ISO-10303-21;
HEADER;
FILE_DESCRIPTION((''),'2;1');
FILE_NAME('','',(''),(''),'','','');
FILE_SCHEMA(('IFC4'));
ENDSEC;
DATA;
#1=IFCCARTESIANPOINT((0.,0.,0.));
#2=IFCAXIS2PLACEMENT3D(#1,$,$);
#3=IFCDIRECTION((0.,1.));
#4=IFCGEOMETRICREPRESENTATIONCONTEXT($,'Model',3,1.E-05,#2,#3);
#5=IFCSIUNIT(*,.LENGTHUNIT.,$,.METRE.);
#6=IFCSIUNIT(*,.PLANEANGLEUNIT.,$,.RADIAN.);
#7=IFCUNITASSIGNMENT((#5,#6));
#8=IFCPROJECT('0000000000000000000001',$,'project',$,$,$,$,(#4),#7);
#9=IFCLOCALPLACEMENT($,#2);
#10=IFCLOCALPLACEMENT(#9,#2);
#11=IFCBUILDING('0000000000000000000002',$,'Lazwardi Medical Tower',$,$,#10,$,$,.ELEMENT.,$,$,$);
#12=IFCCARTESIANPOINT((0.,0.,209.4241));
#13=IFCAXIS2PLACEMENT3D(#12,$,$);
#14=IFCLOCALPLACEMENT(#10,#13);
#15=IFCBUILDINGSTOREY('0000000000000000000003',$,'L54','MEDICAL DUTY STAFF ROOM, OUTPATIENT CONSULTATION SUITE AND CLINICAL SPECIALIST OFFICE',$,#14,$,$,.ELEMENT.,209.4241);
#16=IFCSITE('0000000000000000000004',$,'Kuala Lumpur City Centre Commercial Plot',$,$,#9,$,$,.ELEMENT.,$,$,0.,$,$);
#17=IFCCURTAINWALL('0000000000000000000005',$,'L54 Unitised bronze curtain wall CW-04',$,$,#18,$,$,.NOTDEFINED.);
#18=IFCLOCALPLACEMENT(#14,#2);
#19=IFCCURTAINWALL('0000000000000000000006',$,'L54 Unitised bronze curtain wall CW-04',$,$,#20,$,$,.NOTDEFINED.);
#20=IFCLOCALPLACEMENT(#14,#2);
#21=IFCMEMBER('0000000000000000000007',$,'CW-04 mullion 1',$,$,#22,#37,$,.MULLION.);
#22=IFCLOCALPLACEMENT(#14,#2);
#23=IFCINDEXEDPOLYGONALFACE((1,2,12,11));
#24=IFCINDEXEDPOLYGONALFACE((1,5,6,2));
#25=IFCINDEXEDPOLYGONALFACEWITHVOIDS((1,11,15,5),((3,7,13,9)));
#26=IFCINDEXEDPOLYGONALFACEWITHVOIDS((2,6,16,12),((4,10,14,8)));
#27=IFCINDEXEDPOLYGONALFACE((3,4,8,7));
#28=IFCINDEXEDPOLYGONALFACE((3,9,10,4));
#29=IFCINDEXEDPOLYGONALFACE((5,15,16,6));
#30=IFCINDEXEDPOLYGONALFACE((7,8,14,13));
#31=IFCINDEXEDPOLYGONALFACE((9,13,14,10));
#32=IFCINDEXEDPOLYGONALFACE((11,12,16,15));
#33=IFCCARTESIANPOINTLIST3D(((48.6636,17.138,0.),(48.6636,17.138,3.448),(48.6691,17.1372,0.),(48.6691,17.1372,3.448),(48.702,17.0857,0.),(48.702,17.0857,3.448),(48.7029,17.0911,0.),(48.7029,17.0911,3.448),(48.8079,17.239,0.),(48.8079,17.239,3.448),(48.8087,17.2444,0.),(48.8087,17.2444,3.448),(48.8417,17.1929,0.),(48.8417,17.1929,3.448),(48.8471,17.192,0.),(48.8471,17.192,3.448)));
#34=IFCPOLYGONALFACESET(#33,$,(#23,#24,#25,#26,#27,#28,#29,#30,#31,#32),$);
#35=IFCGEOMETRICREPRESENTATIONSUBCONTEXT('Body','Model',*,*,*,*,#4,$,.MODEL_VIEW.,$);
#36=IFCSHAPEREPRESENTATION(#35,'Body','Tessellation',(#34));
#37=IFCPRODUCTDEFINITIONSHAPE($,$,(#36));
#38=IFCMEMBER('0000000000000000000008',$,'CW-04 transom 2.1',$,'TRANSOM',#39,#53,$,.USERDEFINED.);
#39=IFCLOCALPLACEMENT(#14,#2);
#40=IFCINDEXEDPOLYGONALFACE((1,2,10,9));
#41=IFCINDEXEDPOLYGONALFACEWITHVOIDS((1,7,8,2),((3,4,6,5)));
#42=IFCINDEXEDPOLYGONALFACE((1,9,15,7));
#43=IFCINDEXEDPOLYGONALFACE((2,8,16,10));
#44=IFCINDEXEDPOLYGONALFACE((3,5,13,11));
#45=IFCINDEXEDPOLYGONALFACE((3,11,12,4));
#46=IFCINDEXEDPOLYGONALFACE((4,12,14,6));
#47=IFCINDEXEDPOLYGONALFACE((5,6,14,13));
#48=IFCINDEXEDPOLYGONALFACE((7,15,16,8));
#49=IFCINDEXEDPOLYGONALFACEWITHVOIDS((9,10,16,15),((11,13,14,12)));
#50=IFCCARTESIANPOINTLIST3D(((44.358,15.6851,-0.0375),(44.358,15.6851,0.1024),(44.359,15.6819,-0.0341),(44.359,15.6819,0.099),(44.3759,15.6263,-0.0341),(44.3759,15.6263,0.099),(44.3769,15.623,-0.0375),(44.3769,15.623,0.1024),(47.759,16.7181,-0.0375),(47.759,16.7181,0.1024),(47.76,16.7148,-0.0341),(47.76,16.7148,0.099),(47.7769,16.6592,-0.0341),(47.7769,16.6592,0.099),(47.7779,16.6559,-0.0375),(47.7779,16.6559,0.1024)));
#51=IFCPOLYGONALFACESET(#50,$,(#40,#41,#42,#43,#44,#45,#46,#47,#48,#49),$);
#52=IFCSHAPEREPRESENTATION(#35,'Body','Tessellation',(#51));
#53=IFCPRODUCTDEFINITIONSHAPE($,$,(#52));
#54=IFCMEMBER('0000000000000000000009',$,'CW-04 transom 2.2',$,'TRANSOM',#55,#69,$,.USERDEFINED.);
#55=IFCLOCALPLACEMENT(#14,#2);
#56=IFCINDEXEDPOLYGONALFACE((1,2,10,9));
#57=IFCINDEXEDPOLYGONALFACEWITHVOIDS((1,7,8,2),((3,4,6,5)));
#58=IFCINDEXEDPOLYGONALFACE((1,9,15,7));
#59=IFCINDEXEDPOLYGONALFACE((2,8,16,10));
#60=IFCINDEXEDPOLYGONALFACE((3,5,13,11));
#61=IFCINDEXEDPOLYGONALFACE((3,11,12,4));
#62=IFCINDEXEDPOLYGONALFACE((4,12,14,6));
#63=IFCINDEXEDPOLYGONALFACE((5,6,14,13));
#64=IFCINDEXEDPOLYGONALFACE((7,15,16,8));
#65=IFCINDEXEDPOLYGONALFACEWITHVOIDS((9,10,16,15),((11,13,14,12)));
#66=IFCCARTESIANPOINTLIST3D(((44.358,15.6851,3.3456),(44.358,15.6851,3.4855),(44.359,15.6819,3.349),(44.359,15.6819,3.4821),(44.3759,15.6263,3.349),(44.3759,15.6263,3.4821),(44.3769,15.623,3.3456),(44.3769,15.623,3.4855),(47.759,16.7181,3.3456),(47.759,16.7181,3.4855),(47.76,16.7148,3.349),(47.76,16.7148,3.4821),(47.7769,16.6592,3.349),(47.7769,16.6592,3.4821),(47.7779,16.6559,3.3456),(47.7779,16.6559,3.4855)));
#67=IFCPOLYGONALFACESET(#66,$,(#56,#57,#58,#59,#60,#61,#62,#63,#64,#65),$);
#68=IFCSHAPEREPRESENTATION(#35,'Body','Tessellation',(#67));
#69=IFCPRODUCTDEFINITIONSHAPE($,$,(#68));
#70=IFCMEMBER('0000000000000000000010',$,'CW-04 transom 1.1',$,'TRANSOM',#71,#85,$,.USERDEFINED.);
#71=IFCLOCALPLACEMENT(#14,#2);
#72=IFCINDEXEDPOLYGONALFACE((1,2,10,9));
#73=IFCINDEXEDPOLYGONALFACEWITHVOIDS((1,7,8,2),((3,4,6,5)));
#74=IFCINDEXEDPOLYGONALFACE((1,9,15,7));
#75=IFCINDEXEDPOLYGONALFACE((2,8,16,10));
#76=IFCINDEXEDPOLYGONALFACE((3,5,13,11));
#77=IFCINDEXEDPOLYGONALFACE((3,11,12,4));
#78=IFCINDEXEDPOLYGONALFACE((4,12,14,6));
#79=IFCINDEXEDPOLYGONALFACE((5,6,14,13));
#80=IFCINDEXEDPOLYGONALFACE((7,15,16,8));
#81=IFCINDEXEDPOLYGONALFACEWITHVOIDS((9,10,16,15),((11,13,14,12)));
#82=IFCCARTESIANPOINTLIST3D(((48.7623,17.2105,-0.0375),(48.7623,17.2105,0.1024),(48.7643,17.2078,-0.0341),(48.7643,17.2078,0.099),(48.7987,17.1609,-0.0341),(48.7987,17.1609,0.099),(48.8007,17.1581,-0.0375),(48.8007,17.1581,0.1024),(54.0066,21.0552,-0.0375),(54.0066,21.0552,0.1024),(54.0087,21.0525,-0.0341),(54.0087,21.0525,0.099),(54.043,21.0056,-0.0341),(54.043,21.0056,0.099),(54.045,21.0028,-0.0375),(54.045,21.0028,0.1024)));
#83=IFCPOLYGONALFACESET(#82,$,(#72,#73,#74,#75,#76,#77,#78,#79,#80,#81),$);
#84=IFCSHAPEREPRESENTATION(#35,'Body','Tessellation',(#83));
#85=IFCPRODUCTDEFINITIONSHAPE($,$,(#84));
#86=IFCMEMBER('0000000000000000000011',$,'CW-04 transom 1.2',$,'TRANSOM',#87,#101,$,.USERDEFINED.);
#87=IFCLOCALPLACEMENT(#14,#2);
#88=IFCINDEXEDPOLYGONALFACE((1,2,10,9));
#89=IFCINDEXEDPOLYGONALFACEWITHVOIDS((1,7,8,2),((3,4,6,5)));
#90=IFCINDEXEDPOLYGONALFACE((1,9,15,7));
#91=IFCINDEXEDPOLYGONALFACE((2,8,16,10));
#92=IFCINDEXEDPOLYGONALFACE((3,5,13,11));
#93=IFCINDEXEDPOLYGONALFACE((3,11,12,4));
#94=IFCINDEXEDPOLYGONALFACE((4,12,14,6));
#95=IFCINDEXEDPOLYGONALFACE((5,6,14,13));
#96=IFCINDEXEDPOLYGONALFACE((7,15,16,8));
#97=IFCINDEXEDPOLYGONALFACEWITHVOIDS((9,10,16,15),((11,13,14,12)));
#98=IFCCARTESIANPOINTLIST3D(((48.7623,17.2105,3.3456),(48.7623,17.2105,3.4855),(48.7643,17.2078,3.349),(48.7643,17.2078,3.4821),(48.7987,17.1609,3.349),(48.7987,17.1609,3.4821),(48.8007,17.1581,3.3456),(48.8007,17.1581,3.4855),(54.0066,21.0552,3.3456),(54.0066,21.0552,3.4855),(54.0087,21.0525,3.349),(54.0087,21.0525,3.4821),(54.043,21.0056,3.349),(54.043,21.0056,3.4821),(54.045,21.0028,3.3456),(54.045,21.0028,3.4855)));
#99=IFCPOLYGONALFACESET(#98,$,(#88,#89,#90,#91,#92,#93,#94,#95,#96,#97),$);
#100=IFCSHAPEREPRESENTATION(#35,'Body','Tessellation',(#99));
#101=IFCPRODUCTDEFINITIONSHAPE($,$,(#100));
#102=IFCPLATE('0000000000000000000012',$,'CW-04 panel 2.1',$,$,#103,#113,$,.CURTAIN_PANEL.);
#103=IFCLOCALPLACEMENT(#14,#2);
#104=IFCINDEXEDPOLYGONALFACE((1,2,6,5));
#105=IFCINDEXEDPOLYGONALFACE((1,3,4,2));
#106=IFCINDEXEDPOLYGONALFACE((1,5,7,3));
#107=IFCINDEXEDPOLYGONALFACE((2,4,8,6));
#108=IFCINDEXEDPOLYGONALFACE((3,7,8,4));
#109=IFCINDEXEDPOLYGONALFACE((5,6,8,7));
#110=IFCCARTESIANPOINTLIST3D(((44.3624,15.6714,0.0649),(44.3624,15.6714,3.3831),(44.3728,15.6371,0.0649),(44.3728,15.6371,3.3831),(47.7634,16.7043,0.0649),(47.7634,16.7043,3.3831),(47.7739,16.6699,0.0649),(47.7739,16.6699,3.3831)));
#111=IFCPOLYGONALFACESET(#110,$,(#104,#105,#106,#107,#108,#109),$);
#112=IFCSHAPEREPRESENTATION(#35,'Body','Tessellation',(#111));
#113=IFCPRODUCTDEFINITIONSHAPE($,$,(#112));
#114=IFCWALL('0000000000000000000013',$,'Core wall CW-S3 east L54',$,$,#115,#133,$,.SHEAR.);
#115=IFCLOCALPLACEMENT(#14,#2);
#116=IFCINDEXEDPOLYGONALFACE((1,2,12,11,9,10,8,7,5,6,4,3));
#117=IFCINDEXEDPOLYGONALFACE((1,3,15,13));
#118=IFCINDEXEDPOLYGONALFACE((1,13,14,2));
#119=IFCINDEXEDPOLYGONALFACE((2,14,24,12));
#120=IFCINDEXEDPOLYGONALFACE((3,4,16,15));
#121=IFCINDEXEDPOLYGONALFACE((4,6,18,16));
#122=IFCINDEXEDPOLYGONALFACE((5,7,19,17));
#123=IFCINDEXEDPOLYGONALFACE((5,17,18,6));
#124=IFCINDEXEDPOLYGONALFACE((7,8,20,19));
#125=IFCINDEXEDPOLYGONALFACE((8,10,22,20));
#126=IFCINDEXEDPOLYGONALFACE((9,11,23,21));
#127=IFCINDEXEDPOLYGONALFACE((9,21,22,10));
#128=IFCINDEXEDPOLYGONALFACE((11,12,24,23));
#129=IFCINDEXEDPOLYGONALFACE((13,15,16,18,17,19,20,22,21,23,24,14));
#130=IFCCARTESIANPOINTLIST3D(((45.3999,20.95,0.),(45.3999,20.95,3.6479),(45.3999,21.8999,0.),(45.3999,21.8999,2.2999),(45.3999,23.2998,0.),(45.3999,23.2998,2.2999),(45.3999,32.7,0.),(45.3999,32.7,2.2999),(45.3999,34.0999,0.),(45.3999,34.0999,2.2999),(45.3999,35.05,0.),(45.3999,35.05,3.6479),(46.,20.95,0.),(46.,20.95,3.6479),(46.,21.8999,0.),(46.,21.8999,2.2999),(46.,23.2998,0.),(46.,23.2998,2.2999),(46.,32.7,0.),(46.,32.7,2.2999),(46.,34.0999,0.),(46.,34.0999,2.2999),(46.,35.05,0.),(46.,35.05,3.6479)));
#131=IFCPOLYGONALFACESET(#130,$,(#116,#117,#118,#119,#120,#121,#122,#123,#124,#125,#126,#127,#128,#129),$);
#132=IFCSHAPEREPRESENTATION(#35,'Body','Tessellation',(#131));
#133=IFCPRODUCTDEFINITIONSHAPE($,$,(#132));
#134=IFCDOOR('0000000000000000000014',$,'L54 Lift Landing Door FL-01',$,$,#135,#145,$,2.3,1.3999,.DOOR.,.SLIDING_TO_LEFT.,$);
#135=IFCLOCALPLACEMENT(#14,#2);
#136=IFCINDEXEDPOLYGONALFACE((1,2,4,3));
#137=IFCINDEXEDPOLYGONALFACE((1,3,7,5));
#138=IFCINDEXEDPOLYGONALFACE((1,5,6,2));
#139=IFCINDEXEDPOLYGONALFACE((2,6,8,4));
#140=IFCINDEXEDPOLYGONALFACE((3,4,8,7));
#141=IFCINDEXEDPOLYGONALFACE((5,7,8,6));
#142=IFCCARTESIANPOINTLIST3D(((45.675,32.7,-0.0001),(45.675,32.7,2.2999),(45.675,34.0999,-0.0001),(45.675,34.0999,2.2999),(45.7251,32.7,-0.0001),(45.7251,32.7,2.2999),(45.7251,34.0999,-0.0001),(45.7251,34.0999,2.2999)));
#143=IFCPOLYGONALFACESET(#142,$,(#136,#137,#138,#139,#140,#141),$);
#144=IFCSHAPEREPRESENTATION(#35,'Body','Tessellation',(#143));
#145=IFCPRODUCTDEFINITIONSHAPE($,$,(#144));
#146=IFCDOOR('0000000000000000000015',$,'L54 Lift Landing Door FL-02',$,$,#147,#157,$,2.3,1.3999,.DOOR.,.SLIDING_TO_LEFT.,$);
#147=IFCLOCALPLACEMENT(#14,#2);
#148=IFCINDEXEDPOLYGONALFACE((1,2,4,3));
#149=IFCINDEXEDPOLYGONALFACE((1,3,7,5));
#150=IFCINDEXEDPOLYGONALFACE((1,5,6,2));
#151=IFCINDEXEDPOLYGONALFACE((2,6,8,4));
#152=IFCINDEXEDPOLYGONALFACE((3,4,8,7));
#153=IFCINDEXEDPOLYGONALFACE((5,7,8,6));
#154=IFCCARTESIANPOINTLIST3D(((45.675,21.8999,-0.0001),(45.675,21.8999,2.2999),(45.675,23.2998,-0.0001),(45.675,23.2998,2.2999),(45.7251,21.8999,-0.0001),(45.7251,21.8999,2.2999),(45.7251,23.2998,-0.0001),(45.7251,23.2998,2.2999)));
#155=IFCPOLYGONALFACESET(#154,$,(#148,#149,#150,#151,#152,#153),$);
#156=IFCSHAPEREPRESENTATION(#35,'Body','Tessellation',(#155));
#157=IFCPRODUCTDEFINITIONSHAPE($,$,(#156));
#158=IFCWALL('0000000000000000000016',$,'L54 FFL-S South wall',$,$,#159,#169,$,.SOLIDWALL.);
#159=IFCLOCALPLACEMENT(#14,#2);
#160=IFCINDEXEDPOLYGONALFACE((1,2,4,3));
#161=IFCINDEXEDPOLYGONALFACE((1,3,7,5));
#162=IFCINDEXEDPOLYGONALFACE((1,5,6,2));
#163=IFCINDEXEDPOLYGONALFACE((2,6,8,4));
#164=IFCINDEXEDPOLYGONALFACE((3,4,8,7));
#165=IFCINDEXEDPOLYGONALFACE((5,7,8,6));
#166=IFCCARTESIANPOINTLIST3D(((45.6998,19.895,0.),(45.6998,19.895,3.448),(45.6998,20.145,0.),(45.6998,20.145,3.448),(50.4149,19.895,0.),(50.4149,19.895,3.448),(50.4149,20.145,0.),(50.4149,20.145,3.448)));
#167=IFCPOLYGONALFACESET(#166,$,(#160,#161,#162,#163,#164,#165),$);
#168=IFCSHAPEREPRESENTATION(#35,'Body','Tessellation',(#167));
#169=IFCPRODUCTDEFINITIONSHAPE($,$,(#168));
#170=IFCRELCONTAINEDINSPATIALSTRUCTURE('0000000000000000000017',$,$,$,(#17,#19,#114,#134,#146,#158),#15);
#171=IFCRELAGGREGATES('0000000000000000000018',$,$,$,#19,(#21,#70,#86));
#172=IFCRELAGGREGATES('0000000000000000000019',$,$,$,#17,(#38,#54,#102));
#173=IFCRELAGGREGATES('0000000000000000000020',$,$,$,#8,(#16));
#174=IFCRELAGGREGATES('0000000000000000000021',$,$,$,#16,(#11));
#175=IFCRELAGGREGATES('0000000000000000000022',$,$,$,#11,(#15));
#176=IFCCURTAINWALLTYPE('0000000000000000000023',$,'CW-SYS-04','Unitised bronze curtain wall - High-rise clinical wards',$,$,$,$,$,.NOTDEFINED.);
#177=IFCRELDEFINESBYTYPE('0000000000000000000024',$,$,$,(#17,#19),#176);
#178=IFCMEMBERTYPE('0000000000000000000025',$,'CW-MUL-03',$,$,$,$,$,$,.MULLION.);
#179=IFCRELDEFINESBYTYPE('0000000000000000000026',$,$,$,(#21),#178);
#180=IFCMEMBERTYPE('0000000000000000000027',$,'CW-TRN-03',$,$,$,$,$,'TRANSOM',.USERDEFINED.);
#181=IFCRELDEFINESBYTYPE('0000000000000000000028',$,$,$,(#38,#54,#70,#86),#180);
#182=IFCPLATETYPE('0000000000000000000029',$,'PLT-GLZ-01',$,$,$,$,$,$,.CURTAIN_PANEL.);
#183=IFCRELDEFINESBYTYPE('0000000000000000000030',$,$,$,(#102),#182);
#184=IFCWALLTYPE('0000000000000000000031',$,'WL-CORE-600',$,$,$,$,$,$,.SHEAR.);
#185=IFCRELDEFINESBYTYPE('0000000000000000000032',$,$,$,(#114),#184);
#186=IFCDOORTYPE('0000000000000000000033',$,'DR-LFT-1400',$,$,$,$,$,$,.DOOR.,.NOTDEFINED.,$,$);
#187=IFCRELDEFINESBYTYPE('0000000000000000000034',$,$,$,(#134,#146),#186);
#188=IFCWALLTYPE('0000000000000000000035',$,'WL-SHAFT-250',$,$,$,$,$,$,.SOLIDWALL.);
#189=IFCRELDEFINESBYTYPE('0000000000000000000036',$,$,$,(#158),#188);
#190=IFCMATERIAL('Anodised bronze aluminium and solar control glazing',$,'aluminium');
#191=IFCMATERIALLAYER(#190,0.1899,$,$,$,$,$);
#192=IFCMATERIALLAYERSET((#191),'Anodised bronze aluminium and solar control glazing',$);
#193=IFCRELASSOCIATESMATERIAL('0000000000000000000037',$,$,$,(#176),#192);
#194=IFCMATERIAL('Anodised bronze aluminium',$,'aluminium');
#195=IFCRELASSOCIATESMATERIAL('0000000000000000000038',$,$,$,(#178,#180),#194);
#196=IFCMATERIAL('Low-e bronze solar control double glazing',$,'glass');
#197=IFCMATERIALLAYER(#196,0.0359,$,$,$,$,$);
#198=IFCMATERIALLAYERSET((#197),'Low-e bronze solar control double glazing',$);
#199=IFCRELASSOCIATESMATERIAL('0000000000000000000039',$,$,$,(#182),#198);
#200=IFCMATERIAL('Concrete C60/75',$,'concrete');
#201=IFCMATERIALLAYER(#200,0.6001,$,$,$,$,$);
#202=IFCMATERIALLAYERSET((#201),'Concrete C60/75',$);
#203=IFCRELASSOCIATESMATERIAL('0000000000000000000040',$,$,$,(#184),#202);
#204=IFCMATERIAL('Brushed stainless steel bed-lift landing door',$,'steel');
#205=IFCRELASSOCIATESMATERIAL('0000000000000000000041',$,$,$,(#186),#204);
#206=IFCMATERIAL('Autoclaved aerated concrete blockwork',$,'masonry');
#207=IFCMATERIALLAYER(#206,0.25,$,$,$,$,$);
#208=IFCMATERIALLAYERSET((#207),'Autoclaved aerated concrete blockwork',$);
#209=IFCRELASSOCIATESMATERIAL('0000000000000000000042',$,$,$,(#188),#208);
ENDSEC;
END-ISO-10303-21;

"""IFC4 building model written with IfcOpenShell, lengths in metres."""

from ifc_helpers import new_model, si_unit, direction, frame, frame_2d, origin, origin_2d, place, context, subcontext, project, spatial, rectangle, hollow_rectangle, extrude, material, layer, layer_set, material_profile, profile_set, type_object, element, fill, aggregate, save


model = new_model("IFC4")

# Units and contexts
model_context = context("Model", 3, precision=1e-05, world=origin(), true_north=direction((0.0, 1.0)))
body_context = subcontext(model_context, "Body", "Model", "MODEL_VIEW")
ifc_project = project(units=[si_unit("LENGTHUNIT", "METRE"), si_unit("PLANEANGLEUNIT", "RADIAN")], contexts=[model_context])

# Site, building, storey
site_placement = place(None, origin())
site = spatial("IfcSite", under=ifc_project, at=site_placement, Name="Kuala Lumpur City Centre Commercial Plot", CompositionType="ELEMENT", RefElevation=0.0)
building_placement = place(site_placement, origin())
building = spatial("IfcBuilding", under=site, at=building_placement, Name="Lazwardi Medical Tower", CompositionType="ELEMENT")
storey_placement = place(building_placement, frame((0.0, 0.0, 209.4241)))
storey = spatial("IfcBuildingStorey", under=building, at=storey_placement, Name="L54", Description="MEDICAL DUTY STAFF ROOM, OUTPATIENT CONSULTATION SUITE AND CLINICAL SPECIALIST OFFICE", CompositionType="ELEMENT", Elevation=209.4241)

# Shared definitions
ifc_material_1 = material(Name="Concrete C60/75", Category="concrete")

# Curtain walls, member
ifc_material_2 = material(Name="Anodised bronze aluminium and solar control glazing", Category="aluminium")
ifc_layer_1 = layer(ifc_material_2, 0.1899)
ifc_layer_set_1 = layer_set([ifc_layer_1], Name="Anodised bronze aluminium and solar control glazing")
curtain_wall_type = type_object("IfcCurtainWallType", Name="CW-SYS-04", Description="Unitised bronze curtain wall - High-rise clinical wards", PredefinedType="NOTDEFINED", material=ifc_layer_set_1)
curtain_wall_1_placement = place(storey_placement, origin())
curtain_wall_1 = element("IfcCurtainWall", 1, at=curtain_wall_1_placement, inside=storey, type_object=curtain_wall_type, Name="L54 Unitised bronze curtain wall CW-04", PredefinedType="NOTDEFINED")
ifc_material_3 = material(Name="Anodised bronze aluminium", Category="aluminium")
ifc_material_profile_1 = material_profile(ifc_material_3, hollow_rectangle(XDim=0.0649, YDim=0.1799, WallThickness=0.0039, at=origin_2d()), Name="ALU-MULLION 180x65x4")
ifc_profile_set_1 = profile_set([ifc_material_profile_1], Name="Anodised bronze aluminium")
member_type_1 = type_object("IfcMemberType", Name="CW-MUL-03", PredefinedType="MULLION", material=ifc_profile_set_1)
curtain_wall_2_placement = place(storey_placement, origin())
curtain_wall_2 = element("IfcCurtainWall", 2, at=curtain_wall_2_placement, inside=storey, type_object=curtain_wall_type, Name="L54 Unitised bronze curtain wall CW-04", PredefinedType="NOTDEFINED")
member_1_placement = place(storey_placement, frame((48.7554, 17.165, 0.0), z_axis=(0.0, 0.0, 1.0), x_axis=(-0.591268, 0.806475, 0.0)))
member_1 = element("IfcMember", 3, at=member_1_placement, type_object=member_type_1, Name="CW-04 mullion 1", PredefinedType="MULLION", context=body_context, shape_type="SweptSolid", body=[
    extrude(hollow_rectangle(XDim=0.0649, YDim=0.1799, WallThickness=0.0039, at=origin_2d()), origin(), (0.0, 0.0, 1.0), 3.448),
])

# Members
ifc_material_profile_2 = material_profile(ifc_material_3, hollow_rectangle(XDim=0.0649, YDim=0.1399, WallThickness=0.0034, at=origin_2d()), Name="ALU-TRANSOM 140x65x3.5")
ifc_profile_set_2 = profile_set([ifc_material_profile_2], Name="Anodised bronze aluminium")
member_type_2 = type_object("IfcMemberType", Name="CW-TRN-03", ElementType="TRANSOM", PredefinedType="USERDEFINED", material=ifc_profile_set_2)
member_2_placement = place(storey_placement, frame((44.3674, 15.6541, 0.0325), z_axis=(0.956843, 0.290604, 0.0), x_axis=(-0.290604, 0.956843, 0.0)))
member_2 = element("IfcMember", 4, at=member_2_placement, type_object=member_type_2, Name="CW-04 transom 2.1", ObjectType="TRANSOM", PredefinedType="USERDEFINED", context=body_context, shape_type="SweptSolid", body=[
    extrude(hollow_rectangle(XDim=0.0649, YDim=0.1399, WallThickness=0.0034, at=origin_2d()), origin(), (0.0, 0.0, 1.0), 3.5544),
])
member_3_placement = place(storey_placement, frame((44.3674, 15.6541, 3.4155), z_axis=(0.956843, 0.290604, 0.0), x_axis=(-0.290604, 0.956843, 0.0)))
member_3 = element("IfcMember", 5, at=member_3_placement, type_object=member_type_2, Name="CW-04 transom 2.2", ObjectType="TRANSOM", PredefinedType="USERDEFINED", context=body_context, shape_type="SweptSolid", body=[
    extrude(hollow_rectangle(XDim=0.0649, YDim=0.1399, WallThickness=0.0034, at=origin_2d()), origin(), (0.0, 0.0, 1.0), 3.5544),
])
member_4_placement = place(storey_placement, frame((48.7815, 17.1843, 0.0325), z_axis=(0.80649, 0.591248, 0.0), x_axis=(-0.591248, 0.80649, 0.0)))
member_4 = element("IfcMember", 6, at=member_4_placement, type_object=member_type_2, Name="CW-04 transom 1.1", ObjectType="TRANSOM", PredefinedType="USERDEFINED", context=body_context, shape_type="SweptSolid", body=[
    extrude(hollow_rectangle(XDim=0.0649, YDim=0.1399, WallThickness=0.0034, at=origin_2d()), origin(), (0.0, 0.0, 1.0), 6.5027),
])
member_5_placement = place(storey_placement, frame((48.7815, 17.1843, 3.4155), z_axis=(0.80649, 0.591248, 0.0), x_axis=(-0.591248, 0.80649, 0.0)))
member_5 = element("IfcMember", 7, at=member_5_placement, type_object=member_type_2, Name="CW-04 transom 1.2", ObjectType="TRANSOM", PredefinedType="USERDEFINED", context=body_context, shape_type="SweptSolid", body=[
    extrude(hollow_rectangle(XDim=0.0649, YDim=0.1399, WallThickness=0.0034, at=origin_2d()), origin(), (0.0, 0.0, 1.0), 6.5027),
])
aggregate(curtain_wall_2, [member_1, member_4, member_5])

# Plate
ifc_material_4 = material(Name="Low-e bronze solar control double glazing", Category="glass")
ifc_layer_2 = layer(ifc_material_4, 0.0359)
ifc_layer_set_2 = layer_set([ifc_layer_2], Name="Low-e bronze solar control double glazing")
plate_type = type_object("IfcPlateType", Name="PLT-GLZ-01", PredefinedType="CURTAIN_PANEL", material=ifc_layer_set_2)
plate_placement = place(storey_placement, frame((46.0681, 16.1707, 0.0649), z_axis=(0.0, 0.0, 1.0), x_axis=(0.95685, 0.290582, 0.0)))
plate = element("IfcPlate", 8, at=plate_placement, type_object=plate_type, Name="CW-04 panel 2.1", PredefinedType="CURTAIN_PANEL", context=body_context, shape_type="SweptSolid", body=[
    extrude(rectangle(XDim=3.5544, YDim=0.0359, at=origin_2d()), origin(), (0.0, 0.0, 1.0), 3.3181),
])
aggregate(curtain_wall_1, [member_2, member_3, plate])

# Wall, openings, doors
ifc_layer_3 = layer(ifc_material_1, 0.6001)
ifc_layer_set_3 = layer_set([ifc_layer_3], Name="Concrete C60/75")
wall_type_1 = type_object("IfcWallType", Name="WL-CORE-600", PredefinedType="SHEAR", material=ifc_layer_set_3)
wall_1_placement = place(storey_placement, frame((45.7, 20.95, 0.0), z_axis=(0.0, 0.0, 1.0), x_axis=(0.0, 1.0, 0.0)))
wall_1 = element("IfcWall", 9, at=wall_1_placement, inside=storey, type_object=wall_type_1, Name="Core wall CW-S3 east L54", PredefinedType="SHEAR", context=body_context, shape_type="SweptSolid", body=[
    extrude(rectangle(XDim=14.1001, YDim=0.6001, at=frame_2d((7.05, 0.0))), origin(), (0.0, 0.0, 1.0), 3.6479),
])
opening_1_placement = place(wall_1_placement, frame((11.75, 0.0, 0.0)))
opening_1 = element("IfcOpeningElement", 10, at=opening_1_placement, cuts=wall_1, PredefinedType="OPENING", context=body_context, shape_type="SweptSolid", body=[
    extrude(rectangle(XDim=1.3999, YDim=2.3, at=frame_2d((0.7, 1.1499))), frame((0.0, 0.3101, 0.0), z_axis=(0.0, -1.0, 0.0), x_axis=(1.0, 0.0, 0.0)), (0.0, 0.0, 1.0), 0.6201),
])
opening_2_placement = place(wall_1_placement, frame((0.95, 0.0, 0.0)))
opening_2 = element("IfcOpeningElement", 11, at=opening_2_placement, cuts=wall_1, PredefinedType="OPENING", context=body_context, shape_type="SweptSolid", body=[
    extrude(rectangle(XDim=1.3999, YDim=2.3, at=frame_2d((0.7, 1.1499))), frame((0.0, 0.3101, 0.0), z_axis=(0.0, -1.0, 0.0), x_axis=(1.0, 0.0, 0.0)), (0.0, 0.0, 1.0), 0.6201),
])
ifc_material_5 = material(Name="Brushed stainless steel bed-lift landing door", Category="steel")
door_type = type_object("IfcDoorType", Name="DR-LFT-1400", OperationType="NOTDEFINED", PredefinedType="DOOR", material=ifc_material_5)
door_1_placement = place(opening_1_placement, origin())
door_1 = element("IfcDoor", 12, at=door_1_placement, inside=storey, type_object=door_type, Name="L54 Lift Landing Door FL-01", OperationType="SLIDING_TO_LEFT", OverallHeight=2.3, OverallWidth=1.3999, PredefinedType="DOOR", context=body_context, shape_type="SweptSolid", body=[
    extrude(rectangle(XDim=1.3999, YDim=2.3, at=frame_2d((0.7, 1.1499))), frame((0.0, 0.0249, 0.0), z_axis=(0.0, -1.0, 0.0), x_axis=(1.0, 0.0, 0.0)), (0.0, 0.0, 1.0), 0.05),
])
fill(opening_1, door_1)
door_2_placement = place(opening_2_placement, origin())
door_2 = element("IfcDoor", 13, at=door_2_placement, inside=storey, type_object=door_type, Name="L54 Lift Landing Door FL-02", OperationType="SLIDING_TO_LEFT", OverallHeight=2.3, OverallWidth=1.3999, PredefinedType="DOOR", context=body_context, shape_type="SweptSolid", body=[
    extrude(rectangle(XDim=1.3999, YDim=2.3, at=frame_2d((0.7, 1.1499))), frame((0.0, 0.0249, 0.0), z_axis=(0.0, -1.0, 0.0), x_axis=(1.0, 0.0, 0.0)), (0.0, 0.0, 1.0), 0.05),
])
fill(opening_2, door_2)

# Wall
ifc_material_6 = material(Name="Autoclaved aerated concrete blockwork", Category="masonry")
ifc_layer_4 = layer(ifc_material_6, 0.25)
ifc_layer_set_4 = layer_set([ifc_layer_4], Name="Autoclaved aerated concrete blockwork")
wall_type_2 = type_object("IfcWallType", Name="WL-SHAFT-250", PredefinedType="SOLIDWALL", material=ifc_layer_set_4)
wall_2_placement = place(storey_placement, frame((45.7, 20.02, 0.0), z_axis=(0.0, 0.0, 1.0), x_axis=(1.0, 0.0, 0.0)))
element("IfcWall", 14, at=wall_2_placement, inside=storey, type_object=wall_type_2, Name="L54 FFL-S South wall", PredefinedType="SOLIDWALL", context=body_context, shape_type="SweptSolid", body=[
    extrude(rectangle(XDim=4.7151, YDim=0.25, at=frame_2d((2.3574, 0.0))), origin(), (0.0, 0.0, 1.0), 3.448),
])

save(model, "model.ifc")
